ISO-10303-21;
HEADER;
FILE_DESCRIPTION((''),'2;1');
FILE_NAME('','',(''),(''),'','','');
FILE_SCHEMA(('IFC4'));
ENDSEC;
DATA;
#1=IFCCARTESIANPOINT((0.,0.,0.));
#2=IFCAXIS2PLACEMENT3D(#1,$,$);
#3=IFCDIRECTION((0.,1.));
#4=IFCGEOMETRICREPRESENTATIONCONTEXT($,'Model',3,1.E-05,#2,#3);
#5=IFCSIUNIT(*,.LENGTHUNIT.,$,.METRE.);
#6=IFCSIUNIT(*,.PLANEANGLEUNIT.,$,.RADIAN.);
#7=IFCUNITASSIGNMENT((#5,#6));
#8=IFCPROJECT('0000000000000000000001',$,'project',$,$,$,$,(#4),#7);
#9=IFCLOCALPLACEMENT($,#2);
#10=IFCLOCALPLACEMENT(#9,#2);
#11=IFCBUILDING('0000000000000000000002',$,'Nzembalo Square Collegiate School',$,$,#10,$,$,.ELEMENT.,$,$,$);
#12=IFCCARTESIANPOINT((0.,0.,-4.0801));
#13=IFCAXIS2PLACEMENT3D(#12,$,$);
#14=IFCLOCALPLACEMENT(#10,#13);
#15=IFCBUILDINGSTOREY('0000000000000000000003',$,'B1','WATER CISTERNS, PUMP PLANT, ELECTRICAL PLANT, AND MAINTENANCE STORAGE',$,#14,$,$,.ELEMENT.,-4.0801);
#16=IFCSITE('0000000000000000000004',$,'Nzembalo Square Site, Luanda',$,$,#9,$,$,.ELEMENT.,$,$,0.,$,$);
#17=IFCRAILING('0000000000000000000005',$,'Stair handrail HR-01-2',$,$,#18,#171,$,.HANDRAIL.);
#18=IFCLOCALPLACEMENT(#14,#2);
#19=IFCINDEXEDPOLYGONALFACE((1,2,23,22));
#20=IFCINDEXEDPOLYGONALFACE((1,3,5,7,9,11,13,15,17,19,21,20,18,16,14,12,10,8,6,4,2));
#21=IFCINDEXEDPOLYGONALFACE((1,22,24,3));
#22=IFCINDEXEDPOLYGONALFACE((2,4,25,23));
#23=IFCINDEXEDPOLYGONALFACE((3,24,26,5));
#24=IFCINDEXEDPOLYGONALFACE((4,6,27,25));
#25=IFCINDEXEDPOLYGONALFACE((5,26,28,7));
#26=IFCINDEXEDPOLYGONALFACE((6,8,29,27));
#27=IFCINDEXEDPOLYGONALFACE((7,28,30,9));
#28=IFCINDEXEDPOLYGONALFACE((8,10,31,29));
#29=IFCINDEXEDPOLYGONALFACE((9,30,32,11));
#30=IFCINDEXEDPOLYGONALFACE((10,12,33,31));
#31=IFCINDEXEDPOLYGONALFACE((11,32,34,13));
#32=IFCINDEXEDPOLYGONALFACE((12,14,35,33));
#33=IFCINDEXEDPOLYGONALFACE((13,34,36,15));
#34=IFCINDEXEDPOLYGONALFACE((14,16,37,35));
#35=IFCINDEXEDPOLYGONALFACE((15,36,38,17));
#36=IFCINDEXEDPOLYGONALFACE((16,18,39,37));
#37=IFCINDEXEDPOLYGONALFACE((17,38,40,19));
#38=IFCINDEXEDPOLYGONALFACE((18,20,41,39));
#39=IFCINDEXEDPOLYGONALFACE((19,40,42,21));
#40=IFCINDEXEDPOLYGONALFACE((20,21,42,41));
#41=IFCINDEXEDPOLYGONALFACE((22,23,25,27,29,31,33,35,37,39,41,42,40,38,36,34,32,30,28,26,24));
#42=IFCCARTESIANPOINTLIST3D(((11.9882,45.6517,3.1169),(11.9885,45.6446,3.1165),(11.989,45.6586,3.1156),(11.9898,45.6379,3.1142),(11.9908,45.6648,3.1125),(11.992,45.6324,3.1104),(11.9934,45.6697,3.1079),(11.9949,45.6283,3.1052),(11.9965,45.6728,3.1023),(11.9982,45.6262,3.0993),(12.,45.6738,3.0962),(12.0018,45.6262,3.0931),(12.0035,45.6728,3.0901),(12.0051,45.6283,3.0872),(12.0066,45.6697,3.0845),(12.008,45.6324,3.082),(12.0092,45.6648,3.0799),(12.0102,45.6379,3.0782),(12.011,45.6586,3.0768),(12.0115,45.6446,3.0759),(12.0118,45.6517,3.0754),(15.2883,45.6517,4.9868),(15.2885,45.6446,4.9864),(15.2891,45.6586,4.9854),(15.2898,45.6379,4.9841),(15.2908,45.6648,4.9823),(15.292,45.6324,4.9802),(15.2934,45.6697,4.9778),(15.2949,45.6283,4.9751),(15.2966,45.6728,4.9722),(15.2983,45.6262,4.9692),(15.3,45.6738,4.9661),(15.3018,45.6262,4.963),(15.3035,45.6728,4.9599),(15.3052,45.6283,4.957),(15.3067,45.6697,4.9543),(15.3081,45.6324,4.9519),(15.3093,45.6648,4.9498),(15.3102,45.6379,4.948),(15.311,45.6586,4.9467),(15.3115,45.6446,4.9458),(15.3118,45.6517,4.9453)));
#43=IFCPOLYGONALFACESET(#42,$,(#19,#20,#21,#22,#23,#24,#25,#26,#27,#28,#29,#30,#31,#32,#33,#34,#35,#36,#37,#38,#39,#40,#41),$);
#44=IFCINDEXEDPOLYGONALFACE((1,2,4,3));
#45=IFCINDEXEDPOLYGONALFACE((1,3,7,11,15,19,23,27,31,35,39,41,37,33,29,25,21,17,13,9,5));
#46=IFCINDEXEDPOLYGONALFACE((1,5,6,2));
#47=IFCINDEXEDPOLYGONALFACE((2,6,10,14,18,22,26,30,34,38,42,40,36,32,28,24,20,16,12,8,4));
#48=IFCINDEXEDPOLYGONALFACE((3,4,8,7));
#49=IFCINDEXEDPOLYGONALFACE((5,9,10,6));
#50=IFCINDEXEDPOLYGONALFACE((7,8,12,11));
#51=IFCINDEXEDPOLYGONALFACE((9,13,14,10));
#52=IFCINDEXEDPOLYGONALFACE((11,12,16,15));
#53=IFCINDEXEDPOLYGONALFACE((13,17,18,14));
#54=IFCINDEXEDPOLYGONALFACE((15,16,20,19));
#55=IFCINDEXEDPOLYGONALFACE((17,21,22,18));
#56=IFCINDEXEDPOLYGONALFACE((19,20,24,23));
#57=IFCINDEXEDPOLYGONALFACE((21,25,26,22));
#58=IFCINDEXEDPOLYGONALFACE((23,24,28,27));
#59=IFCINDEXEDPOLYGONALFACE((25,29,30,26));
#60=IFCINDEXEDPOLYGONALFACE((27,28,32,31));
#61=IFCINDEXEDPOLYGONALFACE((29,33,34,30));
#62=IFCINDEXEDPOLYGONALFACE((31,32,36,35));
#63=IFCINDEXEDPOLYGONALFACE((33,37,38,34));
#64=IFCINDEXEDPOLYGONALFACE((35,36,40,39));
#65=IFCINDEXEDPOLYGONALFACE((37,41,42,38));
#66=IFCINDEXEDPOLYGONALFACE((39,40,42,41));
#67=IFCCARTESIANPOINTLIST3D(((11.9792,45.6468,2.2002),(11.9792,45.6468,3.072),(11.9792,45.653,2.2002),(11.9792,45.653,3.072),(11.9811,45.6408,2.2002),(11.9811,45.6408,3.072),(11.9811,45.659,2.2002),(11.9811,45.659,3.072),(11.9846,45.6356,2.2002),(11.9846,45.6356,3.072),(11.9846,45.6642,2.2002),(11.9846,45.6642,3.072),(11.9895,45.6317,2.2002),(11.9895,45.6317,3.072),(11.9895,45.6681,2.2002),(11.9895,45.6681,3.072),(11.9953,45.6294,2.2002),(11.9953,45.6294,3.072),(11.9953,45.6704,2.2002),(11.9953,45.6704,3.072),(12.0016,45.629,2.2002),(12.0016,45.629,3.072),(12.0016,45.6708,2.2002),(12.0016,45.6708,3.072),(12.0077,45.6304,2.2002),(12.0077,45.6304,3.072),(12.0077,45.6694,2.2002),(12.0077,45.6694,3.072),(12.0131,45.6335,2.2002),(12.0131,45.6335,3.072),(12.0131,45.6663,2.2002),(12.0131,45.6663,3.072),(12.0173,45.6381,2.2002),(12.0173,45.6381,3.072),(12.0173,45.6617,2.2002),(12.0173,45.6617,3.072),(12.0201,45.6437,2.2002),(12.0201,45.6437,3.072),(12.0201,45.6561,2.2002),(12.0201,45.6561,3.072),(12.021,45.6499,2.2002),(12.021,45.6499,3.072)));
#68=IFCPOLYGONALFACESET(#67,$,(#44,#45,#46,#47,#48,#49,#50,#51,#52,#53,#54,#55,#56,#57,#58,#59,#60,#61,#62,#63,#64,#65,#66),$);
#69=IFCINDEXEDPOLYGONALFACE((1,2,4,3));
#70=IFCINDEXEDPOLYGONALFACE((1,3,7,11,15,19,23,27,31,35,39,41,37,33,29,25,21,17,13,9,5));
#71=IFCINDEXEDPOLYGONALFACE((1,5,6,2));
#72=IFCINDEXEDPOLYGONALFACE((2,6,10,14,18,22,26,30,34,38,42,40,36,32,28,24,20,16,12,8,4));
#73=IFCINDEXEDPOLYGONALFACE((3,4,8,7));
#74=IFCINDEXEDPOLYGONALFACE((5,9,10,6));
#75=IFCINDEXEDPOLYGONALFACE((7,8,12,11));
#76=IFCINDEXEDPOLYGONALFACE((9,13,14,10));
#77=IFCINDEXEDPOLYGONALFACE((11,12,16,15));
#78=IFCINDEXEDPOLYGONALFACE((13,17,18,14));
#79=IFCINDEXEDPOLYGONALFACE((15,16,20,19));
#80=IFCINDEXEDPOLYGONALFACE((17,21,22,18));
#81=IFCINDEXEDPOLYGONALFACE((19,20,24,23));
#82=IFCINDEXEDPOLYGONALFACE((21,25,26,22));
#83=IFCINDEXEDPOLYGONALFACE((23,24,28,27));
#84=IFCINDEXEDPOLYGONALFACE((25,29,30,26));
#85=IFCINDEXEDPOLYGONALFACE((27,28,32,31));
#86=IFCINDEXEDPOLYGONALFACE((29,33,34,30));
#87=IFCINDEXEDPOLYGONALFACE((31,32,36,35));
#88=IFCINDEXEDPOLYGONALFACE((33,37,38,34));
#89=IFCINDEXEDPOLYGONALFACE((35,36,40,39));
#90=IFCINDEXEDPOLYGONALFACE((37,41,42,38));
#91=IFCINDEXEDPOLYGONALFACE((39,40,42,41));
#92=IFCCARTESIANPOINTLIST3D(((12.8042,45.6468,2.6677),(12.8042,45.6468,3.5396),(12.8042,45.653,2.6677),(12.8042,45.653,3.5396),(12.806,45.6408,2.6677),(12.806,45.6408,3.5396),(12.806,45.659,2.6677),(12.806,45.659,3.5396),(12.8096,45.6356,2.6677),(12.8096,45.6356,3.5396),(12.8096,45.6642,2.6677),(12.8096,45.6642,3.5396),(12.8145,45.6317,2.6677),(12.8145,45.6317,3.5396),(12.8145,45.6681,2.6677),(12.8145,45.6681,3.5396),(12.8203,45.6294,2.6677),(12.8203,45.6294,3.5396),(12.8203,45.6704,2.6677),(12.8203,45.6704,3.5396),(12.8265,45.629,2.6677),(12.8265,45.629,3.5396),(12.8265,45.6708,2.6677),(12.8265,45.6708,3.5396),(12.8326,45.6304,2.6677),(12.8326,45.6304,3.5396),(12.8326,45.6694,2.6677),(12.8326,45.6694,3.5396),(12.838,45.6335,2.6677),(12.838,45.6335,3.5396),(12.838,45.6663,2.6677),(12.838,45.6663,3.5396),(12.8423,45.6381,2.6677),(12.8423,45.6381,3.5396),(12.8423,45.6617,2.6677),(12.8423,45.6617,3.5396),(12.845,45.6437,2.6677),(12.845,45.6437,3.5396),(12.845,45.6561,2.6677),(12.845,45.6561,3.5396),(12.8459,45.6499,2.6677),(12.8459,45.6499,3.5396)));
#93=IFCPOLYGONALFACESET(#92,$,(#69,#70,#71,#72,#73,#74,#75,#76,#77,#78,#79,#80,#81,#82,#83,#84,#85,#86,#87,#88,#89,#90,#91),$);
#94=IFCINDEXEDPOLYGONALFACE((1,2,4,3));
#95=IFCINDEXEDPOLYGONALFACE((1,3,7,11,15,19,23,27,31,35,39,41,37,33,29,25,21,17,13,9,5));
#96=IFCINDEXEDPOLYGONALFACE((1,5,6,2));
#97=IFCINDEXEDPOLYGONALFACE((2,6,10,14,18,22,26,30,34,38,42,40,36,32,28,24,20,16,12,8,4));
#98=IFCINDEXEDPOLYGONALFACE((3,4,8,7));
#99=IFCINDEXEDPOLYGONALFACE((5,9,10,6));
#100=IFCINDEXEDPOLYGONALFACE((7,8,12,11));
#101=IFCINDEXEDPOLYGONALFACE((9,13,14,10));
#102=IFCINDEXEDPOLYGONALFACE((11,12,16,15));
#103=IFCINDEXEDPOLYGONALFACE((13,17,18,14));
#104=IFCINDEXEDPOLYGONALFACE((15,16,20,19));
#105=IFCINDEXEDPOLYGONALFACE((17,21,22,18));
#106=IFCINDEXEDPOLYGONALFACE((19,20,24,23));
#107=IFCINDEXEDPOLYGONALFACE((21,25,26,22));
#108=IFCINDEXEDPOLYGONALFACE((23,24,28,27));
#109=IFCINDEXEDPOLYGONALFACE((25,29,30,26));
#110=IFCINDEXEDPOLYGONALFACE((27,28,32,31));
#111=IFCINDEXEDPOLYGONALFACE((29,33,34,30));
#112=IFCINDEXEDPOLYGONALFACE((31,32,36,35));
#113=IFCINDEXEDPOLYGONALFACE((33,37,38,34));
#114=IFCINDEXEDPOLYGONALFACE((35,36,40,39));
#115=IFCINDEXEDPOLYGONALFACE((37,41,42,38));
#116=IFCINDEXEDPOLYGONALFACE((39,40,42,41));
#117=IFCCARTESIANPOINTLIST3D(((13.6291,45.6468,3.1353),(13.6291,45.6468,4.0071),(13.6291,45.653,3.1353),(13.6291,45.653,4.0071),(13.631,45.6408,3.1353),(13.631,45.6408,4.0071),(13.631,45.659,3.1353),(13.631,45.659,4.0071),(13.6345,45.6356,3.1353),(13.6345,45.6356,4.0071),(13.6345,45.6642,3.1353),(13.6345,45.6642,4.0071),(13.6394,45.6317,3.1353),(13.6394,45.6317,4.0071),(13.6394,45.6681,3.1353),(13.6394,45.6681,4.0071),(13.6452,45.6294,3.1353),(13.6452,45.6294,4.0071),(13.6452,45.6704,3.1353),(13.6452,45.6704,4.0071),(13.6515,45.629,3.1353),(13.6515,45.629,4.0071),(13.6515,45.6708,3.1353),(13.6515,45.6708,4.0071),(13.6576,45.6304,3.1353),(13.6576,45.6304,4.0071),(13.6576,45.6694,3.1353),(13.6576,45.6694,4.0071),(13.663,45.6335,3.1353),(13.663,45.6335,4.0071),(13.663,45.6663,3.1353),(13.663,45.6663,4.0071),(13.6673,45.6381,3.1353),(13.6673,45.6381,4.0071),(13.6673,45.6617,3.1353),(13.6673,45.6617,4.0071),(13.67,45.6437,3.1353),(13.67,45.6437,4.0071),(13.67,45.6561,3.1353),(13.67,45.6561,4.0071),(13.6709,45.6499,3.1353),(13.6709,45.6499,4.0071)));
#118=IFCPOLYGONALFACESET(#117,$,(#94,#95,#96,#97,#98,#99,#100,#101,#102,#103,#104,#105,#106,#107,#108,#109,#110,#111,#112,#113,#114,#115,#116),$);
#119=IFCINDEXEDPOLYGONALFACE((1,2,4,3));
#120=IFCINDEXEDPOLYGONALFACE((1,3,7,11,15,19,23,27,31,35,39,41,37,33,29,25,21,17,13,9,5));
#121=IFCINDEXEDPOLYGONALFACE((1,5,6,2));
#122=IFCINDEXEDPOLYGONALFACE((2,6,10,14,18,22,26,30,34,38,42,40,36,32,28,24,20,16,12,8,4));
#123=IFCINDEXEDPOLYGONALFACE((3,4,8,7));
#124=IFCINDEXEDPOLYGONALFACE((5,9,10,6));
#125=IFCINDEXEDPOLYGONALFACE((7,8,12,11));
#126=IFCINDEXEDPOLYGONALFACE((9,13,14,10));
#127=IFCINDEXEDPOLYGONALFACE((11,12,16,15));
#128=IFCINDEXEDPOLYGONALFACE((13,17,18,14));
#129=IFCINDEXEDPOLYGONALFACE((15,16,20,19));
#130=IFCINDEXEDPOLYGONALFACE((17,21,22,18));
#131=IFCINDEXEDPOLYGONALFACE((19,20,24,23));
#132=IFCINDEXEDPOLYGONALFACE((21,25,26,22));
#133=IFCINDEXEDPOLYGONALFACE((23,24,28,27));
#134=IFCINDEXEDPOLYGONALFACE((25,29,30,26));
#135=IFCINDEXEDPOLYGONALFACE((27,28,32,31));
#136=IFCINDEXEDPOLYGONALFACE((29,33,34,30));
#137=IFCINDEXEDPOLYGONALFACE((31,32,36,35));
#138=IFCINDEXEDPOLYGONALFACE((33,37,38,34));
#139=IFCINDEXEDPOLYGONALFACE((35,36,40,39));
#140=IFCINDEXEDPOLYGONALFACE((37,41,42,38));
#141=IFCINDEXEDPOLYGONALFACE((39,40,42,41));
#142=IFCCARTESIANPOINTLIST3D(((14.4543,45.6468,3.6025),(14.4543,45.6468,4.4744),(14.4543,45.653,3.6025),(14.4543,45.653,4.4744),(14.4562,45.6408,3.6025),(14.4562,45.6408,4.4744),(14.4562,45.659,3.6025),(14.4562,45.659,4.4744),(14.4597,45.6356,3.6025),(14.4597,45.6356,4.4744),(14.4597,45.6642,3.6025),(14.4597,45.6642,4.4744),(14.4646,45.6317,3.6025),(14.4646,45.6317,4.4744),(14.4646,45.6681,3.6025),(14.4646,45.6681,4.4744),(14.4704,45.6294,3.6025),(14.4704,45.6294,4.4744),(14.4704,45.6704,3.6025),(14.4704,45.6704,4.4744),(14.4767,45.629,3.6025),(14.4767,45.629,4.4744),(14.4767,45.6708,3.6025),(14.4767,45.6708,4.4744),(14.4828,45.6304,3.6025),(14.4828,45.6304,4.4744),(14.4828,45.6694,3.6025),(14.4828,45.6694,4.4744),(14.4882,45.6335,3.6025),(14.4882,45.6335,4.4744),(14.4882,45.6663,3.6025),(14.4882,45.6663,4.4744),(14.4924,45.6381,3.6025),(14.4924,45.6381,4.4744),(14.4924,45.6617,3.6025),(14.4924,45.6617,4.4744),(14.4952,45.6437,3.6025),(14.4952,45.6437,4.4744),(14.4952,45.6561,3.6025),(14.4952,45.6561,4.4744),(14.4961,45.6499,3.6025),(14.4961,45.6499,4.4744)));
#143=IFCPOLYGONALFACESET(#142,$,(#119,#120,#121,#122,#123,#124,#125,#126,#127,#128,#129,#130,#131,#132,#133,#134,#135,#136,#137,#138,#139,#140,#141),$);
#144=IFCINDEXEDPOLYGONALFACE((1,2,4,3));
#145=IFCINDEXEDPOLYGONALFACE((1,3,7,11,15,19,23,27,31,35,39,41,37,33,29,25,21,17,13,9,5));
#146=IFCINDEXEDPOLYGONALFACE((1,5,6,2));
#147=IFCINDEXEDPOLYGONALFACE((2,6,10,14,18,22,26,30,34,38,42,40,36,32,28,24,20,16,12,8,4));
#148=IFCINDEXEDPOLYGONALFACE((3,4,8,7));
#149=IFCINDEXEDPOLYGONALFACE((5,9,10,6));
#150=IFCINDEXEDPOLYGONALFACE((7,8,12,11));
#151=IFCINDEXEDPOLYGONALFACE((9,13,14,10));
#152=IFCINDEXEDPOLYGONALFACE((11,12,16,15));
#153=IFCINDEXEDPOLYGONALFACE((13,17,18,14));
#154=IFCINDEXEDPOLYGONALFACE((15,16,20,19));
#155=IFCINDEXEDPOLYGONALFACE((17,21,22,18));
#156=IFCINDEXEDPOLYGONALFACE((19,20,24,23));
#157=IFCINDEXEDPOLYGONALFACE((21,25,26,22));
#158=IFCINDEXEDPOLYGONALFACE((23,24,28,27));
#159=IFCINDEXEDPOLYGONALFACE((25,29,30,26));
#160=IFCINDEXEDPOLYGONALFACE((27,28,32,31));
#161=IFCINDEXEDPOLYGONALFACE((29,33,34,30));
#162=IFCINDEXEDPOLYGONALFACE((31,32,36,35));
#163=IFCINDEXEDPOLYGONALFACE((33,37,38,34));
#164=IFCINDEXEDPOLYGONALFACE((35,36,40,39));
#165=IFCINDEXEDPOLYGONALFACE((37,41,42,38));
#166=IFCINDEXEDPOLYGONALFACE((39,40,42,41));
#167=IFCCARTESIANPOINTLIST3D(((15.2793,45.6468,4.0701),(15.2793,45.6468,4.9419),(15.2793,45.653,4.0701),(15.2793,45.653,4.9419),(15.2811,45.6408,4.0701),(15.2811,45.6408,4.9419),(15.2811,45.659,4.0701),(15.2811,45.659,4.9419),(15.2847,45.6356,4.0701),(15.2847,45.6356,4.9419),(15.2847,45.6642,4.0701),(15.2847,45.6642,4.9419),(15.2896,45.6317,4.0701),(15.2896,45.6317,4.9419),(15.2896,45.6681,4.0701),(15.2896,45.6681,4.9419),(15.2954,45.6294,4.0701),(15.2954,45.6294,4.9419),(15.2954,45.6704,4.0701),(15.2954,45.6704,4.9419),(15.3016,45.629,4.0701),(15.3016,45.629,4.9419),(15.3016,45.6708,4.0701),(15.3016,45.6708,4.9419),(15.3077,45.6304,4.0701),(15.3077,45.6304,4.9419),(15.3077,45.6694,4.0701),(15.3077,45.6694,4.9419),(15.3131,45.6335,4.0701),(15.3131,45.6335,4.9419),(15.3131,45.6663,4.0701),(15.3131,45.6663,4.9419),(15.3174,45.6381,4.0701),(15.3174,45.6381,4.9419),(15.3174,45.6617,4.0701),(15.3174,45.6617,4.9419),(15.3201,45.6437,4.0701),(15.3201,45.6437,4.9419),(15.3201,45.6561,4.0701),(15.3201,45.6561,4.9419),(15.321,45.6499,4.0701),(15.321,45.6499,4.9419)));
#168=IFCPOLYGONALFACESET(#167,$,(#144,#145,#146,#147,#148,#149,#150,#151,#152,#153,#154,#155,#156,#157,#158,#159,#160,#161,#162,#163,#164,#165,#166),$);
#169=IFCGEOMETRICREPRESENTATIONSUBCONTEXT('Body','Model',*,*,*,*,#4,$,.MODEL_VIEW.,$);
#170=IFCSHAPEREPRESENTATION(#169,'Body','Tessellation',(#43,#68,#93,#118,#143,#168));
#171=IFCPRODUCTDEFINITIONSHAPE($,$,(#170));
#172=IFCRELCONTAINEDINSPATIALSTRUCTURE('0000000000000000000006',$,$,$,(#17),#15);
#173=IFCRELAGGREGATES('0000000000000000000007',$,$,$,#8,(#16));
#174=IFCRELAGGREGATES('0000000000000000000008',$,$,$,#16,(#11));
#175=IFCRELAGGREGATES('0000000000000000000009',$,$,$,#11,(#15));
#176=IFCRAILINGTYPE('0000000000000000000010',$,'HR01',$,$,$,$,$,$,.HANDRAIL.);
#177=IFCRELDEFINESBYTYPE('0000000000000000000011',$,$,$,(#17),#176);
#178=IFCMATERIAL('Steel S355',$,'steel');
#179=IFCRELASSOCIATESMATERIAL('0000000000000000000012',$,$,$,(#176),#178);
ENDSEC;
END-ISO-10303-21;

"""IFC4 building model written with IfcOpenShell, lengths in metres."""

from ifc_helpers import new_model, si_unit, direction, frame, origin, origin_2d, place, context, subcontext, project, spatial, circle, extrude, material, type_object, element, save


model = new_model("IFC4")

# Units and contexts
model_context = context("Model", 3, precision=1e-05, world=origin(), true_north=direction((0.0, 1.0)))
body_context = subcontext(model_context, "Body", "Model", "MODEL_VIEW")
ifc_project = project(units=[si_unit("LENGTHUNIT", "METRE"), si_unit("PLANEANGLEUNIT", "RADIAN")], contexts=[model_context])

# Site, building, storey
site_placement = place(None, origin())
site = spatial("IfcSite", under=ifc_project, at=site_placement, Name="Nzembalo Square Site, Luanda", CompositionType="ELEMENT", RefElevation=0.0)
building_placement = place(site_placement, origin())
building = spatial("IfcBuilding", under=site, at=building_placement, Name="Nzembalo Square Collegiate School", CompositionType="ELEMENT")
storey_placement = place(building_placement, frame((0.0, 0.0, -4.0801)))
storey = spatial("IfcBuildingStorey", under=building, at=storey_placement, Name="B1", Description="WATER CISTERNS, PUMP PLANT, ELECTRICAL PLANT, AND MAINTENANCE STORAGE", CompositionType="ELEMENT", Elevation=-4.0801)

# Railing
ifc_material_1 = material(Name="Steel S355", Category="steel")
railing_type_1 = type_object("IfcRailingType", Name="HR01", PredefinedType="HANDRAIL", material=ifc_material_1)
railing_1_placement = place(storey_placement, frame((12.0, 45.6499, 2.2002)))
element("IfcRailing", 1, at=railing_1_placement, inside=storey, type_object=railing_type_1, Name="Stair handrail HR-01-2", PredefinedType="HANDRAIL", context=body_context, shape_type="SweptSolid", body=[
    extrude(circle(Radius=0.0239, at=origin_2d()), frame((0.0, 0.0, 0.896), z_axis=(0.87004, 0.0, 0.492982), x_axis=(0.0, 1.0, 0.0)), (0.0, 0.0, 1.0), 3.793),
    extrude(circle(Radius=0.021, at=origin_2d()), origin(), (0.0, 0.0, 1.0), 0.8718),
    extrude(circle(Radius=0.021, at=origin_2d()), frame((0.825, 0.0, 0.4675)), (0.0, 0.0, 1.0), 0.8718),
    extrude(circle(Radius=0.021, at=origin_2d()), frame((1.6499, 0.0, 0.9351)), (0.0, 0.0, 1.0), 0.8718),
    extrude(circle(Radius=0.021, at=origin_2d()), frame((2.4751, 0.0, 1.4023)), (0.0, 0.0, 1.0), 0.8718),
    extrude(circle(Radius=0.021, at=origin_2d()), frame((3.3, 0.0, 1.8699)), (0.0, 0.0, 1.0), 0.8718),
])

save(model, "model.ifc")
